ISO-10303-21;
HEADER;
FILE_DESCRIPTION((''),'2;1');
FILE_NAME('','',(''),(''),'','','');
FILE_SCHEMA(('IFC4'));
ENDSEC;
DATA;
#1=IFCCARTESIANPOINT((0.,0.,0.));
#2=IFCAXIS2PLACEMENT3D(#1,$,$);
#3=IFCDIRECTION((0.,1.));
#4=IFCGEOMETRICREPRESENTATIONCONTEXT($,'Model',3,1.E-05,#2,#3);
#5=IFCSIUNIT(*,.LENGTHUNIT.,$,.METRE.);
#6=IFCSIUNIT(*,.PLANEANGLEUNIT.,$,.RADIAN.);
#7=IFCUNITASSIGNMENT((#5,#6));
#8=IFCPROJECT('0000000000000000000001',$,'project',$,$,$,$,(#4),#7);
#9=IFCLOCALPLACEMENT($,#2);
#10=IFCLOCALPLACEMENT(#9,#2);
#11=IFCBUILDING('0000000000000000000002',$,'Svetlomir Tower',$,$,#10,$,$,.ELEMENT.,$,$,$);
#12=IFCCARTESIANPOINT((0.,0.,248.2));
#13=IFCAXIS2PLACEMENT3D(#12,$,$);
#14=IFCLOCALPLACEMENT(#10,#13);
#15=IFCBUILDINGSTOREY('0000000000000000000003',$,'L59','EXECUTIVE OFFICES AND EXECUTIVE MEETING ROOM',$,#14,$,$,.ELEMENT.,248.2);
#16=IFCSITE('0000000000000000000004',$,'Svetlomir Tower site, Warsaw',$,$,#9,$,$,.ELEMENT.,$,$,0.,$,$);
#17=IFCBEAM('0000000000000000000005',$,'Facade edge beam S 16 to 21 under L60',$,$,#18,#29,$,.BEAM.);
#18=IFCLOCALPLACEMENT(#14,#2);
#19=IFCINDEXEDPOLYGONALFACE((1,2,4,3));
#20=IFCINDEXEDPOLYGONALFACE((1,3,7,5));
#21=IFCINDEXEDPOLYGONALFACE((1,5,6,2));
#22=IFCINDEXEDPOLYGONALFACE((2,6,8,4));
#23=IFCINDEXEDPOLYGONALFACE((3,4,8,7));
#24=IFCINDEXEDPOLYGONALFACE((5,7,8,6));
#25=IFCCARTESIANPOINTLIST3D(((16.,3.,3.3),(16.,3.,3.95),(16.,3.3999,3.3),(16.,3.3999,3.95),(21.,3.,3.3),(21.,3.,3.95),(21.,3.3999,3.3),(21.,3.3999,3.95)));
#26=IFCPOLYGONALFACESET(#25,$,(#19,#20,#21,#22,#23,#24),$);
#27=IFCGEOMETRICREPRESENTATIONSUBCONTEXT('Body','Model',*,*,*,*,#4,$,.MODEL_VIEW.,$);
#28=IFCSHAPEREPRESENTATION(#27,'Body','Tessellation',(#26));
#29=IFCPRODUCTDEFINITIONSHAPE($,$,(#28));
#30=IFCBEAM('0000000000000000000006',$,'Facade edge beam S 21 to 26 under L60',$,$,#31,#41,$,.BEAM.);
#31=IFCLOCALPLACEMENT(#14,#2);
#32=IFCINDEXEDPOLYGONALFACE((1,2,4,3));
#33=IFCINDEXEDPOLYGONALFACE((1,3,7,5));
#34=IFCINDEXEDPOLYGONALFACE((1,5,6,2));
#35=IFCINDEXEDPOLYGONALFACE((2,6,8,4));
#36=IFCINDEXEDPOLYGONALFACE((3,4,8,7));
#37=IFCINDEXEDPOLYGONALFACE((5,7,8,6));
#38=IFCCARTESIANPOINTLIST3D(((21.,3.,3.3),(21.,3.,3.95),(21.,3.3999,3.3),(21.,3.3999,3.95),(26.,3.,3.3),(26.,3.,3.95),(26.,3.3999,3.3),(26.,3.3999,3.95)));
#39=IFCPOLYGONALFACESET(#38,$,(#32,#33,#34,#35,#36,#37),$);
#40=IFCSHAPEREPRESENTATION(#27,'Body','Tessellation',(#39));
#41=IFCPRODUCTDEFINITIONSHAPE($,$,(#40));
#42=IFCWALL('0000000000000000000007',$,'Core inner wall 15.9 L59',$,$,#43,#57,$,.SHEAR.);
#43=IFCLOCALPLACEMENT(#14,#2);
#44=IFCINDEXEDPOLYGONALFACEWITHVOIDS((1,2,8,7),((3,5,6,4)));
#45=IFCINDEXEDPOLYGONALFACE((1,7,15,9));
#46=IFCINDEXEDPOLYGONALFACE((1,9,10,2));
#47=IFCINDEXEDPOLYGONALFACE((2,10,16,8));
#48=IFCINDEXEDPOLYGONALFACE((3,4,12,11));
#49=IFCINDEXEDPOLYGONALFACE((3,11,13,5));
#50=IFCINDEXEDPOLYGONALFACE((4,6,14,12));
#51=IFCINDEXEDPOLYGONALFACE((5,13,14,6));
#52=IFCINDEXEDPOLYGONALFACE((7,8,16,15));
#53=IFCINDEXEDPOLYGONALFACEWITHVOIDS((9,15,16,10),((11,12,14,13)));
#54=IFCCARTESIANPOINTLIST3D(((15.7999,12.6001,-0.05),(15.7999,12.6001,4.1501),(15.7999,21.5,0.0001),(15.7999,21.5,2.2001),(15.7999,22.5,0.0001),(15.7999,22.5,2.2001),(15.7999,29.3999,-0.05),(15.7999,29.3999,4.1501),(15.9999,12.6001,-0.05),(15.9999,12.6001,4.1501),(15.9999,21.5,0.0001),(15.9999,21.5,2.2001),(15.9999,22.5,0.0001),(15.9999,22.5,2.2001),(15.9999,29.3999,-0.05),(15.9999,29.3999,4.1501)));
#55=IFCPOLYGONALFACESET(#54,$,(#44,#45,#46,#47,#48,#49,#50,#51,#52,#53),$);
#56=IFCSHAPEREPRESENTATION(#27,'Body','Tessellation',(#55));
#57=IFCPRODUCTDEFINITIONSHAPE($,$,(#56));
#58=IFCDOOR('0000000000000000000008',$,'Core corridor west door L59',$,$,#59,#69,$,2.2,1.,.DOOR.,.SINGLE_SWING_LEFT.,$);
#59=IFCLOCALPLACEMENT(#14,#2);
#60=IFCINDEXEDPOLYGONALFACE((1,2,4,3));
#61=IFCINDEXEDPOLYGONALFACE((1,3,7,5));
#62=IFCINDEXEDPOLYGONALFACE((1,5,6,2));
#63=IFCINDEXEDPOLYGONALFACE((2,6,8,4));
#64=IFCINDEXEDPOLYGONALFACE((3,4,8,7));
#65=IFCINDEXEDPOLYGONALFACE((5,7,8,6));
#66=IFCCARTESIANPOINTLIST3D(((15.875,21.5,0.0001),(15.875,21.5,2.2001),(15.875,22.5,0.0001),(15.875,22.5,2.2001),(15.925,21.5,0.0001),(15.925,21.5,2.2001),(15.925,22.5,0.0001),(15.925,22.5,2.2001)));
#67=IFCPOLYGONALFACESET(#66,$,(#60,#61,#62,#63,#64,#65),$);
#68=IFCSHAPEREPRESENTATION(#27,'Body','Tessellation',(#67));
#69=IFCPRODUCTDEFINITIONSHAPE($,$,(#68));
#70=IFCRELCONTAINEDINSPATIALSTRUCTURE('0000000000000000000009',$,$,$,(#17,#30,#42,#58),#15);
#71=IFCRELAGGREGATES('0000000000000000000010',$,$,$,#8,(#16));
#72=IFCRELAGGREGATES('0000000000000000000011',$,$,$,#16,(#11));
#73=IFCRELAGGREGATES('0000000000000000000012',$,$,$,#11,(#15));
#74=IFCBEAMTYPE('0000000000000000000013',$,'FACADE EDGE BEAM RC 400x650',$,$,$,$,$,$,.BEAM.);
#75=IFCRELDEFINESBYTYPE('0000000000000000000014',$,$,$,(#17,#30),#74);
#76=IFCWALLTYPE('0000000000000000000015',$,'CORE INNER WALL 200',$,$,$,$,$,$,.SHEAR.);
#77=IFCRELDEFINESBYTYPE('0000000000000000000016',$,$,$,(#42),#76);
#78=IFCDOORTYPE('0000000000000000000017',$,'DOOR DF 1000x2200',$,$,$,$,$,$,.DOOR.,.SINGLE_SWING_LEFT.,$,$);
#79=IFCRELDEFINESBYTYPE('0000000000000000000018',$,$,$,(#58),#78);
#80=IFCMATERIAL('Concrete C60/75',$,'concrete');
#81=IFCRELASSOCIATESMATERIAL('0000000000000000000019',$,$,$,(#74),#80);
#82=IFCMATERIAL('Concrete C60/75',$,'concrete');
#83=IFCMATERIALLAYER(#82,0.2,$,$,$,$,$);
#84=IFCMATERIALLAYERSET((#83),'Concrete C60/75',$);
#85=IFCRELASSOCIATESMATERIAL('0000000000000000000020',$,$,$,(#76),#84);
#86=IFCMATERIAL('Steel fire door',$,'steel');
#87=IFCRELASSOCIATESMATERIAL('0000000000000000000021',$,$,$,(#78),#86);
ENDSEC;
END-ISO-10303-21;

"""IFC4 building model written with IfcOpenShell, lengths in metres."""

from ifc_helpers import new_model, si_unit, direction, frame, frame_2d, origin, origin_2d, place, context, subcontext, project, spatial, rectangle, extrude, material, layer, layer_set, material_profile, profile_set, type_object, element, fill, save


model = new_model("IFC4")

# Units and contexts
model_context = context("Model", 3, precision=1e-05, world=origin(), true_north=direction((0.0, 1.0)))
body_context = subcontext(model_context, "Body", "Model", "MODEL_VIEW")
ifc_project = project(units=[si_unit("LENGTHUNIT", "METRE"), si_unit("PLANEANGLEUNIT", "RADIAN")], contexts=[model_context])

# Site, building, storey
site_placement = place(None, origin())
site = spatial("IfcSite", under=ifc_project, at=site_placement, Name="Svetlomir Tower site, Warsaw", CompositionType="ELEMENT", RefElevation=0.0)
building_placement = place(site_placement, origin())
building = spatial("IfcBuilding", under=site, at=building_placement, Name="Svetlomir Tower", CompositionType="ELEMENT")
storey_placement = place(building_placement, frame((0.0, 0.0, 248.2)))
storey = spatial("IfcBuildingStorey", under=building, at=storey_placement, Name="L59", Description="EXECUTIVE OFFICES AND EXECUTIVE MEETING ROOM", CompositionType="ELEMENT", Elevation=248.2)

# Beams
ifc_material_1 = material(Name="Concrete C60/75", Category="concrete")
ifc_material_profile = material_profile(ifc_material_1, rectangle(XDim=0.3999, YDim=0.6499, at=origin_2d()), Name="RC 400x650")
ifc_profile_set = profile_set([ifc_material_profile], Name="Concrete C60/75")
beam_type = type_object("IfcBeamType", Name="FACADE EDGE BEAM RC 400x650", PredefinedType="BEAM", material=ifc_profile_set)
for number, where, z_axis, x_axis, name in (
    (1, (16.0, 3.2, 3.625), (1.0, 0.0, 0.0), (0.0, 1.0, 0.0), "Facade edge beam S 16 to 21 under L60"),
    (2, (21.0, 3.2, 3.625), (1.0, 0.0, 0.0), (0.0, 1.0, 0.0), "Facade edge beam S 21 to 26 under L60"),
):
    element("IfcBeam", number, at=place(storey_placement, frame(where, z_axis=z_axis, x_axis=x_axis)), inside=storey, type_object=beam_type, Name=name, PredefinedType="BEAM", context=body_context, shape_type="SweptSolid", body=[
        extrude(rectangle(XDim=0.3999, YDim=0.6499, at=origin_2d()), origin(), (0.0, 0.0, 1.0), 5.0),
    ])

# Wall, opening, door
ifc_material_2 = material(Name="Concrete C60/75", Category="concrete")
ifc_layer_1 = layer(ifc_material_2, 0.2)
ifc_layer_set_1 = layer_set([ifc_layer_1], Name="Concrete C60/75")
wall_type_1 = type_object("IfcWallType", Name="CORE INNER WALL 200", PredefinedType="SHEAR", material=ifc_layer_set_1)
wall_1_placement = place(storey_placement, frame((15.8999, 12.6001, -0.05), z_axis=(0.0, 0.0, 1.0), x_axis=(0.0, 1.0, 0.0)))
wall_1 = element("IfcWall", 3, at=wall_1_placement, inside=storey, type_object=wall_type_1, Name="Core inner wall 15.9 L59", PredefinedType="SHEAR", context=body_context, shape_type="SweptSolid", body=[
    extrude(rectangle(XDim=16.7998, YDim=0.2, at=frame_2d((8.3999, 0.0))), origin(), (0.0, 0.0, 1.0), 4.2002),
])
opening_1_placement = place(wall_1_placement, frame((8.8999, 0.0, 0.05)))
opening_1 = element("IfcOpeningElement", 4, at=opening_1_placement, cuts=wall_1, PredefinedType="OPENING", context=body_context, shape_type="SweptSolid", body=[
    extrude(rectangle(XDim=1.0, YDim=2.2, at=frame_2d((0.5, 1.1001))), frame((0.0, 0.1099, 0.0), z_axis=(0.0, -1.0, 0.0), x_axis=(1.0, 0.0, 0.0)), (0.0, 0.0, 1.0), 0.22),
])
ifc_material_3 = material(Name="Steel fire door", Category="steel")
door_type_1 = type_object("IfcDoorType", Name="DOOR DF 1000x2200", OperationType="SINGLE_SWING_LEFT", PredefinedType="DOOR", material=ifc_material_3)
door_1_placement = place(opening_1_placement, origin())
door_1 = element("IfcDoor", 5, at=door_1_placement, inside=storey, type_object=door_type_1, Name="Core corridor west door L59", OperationType="SINGLE_SWING_LEFT", OverallHeight=2.2, OverallWidth=1.0, PredefinedType="DOOR", context=body_context, shape_type="SweptSolid", body=[
    extrude(rectangle(XDim=1.0, YDim=2.2, at=frame_2d((0.5, 1.1001))), frame((0.0, 0.0249, 0.0), z_axis=(0.0, -1.0, 0.0), x_axis=(1.0, 0.0, 0.0)), (0.0, 0.0, 1.0), 0.05),
])
fill(opening_1, door_1)

save(model, "model.ifc")
